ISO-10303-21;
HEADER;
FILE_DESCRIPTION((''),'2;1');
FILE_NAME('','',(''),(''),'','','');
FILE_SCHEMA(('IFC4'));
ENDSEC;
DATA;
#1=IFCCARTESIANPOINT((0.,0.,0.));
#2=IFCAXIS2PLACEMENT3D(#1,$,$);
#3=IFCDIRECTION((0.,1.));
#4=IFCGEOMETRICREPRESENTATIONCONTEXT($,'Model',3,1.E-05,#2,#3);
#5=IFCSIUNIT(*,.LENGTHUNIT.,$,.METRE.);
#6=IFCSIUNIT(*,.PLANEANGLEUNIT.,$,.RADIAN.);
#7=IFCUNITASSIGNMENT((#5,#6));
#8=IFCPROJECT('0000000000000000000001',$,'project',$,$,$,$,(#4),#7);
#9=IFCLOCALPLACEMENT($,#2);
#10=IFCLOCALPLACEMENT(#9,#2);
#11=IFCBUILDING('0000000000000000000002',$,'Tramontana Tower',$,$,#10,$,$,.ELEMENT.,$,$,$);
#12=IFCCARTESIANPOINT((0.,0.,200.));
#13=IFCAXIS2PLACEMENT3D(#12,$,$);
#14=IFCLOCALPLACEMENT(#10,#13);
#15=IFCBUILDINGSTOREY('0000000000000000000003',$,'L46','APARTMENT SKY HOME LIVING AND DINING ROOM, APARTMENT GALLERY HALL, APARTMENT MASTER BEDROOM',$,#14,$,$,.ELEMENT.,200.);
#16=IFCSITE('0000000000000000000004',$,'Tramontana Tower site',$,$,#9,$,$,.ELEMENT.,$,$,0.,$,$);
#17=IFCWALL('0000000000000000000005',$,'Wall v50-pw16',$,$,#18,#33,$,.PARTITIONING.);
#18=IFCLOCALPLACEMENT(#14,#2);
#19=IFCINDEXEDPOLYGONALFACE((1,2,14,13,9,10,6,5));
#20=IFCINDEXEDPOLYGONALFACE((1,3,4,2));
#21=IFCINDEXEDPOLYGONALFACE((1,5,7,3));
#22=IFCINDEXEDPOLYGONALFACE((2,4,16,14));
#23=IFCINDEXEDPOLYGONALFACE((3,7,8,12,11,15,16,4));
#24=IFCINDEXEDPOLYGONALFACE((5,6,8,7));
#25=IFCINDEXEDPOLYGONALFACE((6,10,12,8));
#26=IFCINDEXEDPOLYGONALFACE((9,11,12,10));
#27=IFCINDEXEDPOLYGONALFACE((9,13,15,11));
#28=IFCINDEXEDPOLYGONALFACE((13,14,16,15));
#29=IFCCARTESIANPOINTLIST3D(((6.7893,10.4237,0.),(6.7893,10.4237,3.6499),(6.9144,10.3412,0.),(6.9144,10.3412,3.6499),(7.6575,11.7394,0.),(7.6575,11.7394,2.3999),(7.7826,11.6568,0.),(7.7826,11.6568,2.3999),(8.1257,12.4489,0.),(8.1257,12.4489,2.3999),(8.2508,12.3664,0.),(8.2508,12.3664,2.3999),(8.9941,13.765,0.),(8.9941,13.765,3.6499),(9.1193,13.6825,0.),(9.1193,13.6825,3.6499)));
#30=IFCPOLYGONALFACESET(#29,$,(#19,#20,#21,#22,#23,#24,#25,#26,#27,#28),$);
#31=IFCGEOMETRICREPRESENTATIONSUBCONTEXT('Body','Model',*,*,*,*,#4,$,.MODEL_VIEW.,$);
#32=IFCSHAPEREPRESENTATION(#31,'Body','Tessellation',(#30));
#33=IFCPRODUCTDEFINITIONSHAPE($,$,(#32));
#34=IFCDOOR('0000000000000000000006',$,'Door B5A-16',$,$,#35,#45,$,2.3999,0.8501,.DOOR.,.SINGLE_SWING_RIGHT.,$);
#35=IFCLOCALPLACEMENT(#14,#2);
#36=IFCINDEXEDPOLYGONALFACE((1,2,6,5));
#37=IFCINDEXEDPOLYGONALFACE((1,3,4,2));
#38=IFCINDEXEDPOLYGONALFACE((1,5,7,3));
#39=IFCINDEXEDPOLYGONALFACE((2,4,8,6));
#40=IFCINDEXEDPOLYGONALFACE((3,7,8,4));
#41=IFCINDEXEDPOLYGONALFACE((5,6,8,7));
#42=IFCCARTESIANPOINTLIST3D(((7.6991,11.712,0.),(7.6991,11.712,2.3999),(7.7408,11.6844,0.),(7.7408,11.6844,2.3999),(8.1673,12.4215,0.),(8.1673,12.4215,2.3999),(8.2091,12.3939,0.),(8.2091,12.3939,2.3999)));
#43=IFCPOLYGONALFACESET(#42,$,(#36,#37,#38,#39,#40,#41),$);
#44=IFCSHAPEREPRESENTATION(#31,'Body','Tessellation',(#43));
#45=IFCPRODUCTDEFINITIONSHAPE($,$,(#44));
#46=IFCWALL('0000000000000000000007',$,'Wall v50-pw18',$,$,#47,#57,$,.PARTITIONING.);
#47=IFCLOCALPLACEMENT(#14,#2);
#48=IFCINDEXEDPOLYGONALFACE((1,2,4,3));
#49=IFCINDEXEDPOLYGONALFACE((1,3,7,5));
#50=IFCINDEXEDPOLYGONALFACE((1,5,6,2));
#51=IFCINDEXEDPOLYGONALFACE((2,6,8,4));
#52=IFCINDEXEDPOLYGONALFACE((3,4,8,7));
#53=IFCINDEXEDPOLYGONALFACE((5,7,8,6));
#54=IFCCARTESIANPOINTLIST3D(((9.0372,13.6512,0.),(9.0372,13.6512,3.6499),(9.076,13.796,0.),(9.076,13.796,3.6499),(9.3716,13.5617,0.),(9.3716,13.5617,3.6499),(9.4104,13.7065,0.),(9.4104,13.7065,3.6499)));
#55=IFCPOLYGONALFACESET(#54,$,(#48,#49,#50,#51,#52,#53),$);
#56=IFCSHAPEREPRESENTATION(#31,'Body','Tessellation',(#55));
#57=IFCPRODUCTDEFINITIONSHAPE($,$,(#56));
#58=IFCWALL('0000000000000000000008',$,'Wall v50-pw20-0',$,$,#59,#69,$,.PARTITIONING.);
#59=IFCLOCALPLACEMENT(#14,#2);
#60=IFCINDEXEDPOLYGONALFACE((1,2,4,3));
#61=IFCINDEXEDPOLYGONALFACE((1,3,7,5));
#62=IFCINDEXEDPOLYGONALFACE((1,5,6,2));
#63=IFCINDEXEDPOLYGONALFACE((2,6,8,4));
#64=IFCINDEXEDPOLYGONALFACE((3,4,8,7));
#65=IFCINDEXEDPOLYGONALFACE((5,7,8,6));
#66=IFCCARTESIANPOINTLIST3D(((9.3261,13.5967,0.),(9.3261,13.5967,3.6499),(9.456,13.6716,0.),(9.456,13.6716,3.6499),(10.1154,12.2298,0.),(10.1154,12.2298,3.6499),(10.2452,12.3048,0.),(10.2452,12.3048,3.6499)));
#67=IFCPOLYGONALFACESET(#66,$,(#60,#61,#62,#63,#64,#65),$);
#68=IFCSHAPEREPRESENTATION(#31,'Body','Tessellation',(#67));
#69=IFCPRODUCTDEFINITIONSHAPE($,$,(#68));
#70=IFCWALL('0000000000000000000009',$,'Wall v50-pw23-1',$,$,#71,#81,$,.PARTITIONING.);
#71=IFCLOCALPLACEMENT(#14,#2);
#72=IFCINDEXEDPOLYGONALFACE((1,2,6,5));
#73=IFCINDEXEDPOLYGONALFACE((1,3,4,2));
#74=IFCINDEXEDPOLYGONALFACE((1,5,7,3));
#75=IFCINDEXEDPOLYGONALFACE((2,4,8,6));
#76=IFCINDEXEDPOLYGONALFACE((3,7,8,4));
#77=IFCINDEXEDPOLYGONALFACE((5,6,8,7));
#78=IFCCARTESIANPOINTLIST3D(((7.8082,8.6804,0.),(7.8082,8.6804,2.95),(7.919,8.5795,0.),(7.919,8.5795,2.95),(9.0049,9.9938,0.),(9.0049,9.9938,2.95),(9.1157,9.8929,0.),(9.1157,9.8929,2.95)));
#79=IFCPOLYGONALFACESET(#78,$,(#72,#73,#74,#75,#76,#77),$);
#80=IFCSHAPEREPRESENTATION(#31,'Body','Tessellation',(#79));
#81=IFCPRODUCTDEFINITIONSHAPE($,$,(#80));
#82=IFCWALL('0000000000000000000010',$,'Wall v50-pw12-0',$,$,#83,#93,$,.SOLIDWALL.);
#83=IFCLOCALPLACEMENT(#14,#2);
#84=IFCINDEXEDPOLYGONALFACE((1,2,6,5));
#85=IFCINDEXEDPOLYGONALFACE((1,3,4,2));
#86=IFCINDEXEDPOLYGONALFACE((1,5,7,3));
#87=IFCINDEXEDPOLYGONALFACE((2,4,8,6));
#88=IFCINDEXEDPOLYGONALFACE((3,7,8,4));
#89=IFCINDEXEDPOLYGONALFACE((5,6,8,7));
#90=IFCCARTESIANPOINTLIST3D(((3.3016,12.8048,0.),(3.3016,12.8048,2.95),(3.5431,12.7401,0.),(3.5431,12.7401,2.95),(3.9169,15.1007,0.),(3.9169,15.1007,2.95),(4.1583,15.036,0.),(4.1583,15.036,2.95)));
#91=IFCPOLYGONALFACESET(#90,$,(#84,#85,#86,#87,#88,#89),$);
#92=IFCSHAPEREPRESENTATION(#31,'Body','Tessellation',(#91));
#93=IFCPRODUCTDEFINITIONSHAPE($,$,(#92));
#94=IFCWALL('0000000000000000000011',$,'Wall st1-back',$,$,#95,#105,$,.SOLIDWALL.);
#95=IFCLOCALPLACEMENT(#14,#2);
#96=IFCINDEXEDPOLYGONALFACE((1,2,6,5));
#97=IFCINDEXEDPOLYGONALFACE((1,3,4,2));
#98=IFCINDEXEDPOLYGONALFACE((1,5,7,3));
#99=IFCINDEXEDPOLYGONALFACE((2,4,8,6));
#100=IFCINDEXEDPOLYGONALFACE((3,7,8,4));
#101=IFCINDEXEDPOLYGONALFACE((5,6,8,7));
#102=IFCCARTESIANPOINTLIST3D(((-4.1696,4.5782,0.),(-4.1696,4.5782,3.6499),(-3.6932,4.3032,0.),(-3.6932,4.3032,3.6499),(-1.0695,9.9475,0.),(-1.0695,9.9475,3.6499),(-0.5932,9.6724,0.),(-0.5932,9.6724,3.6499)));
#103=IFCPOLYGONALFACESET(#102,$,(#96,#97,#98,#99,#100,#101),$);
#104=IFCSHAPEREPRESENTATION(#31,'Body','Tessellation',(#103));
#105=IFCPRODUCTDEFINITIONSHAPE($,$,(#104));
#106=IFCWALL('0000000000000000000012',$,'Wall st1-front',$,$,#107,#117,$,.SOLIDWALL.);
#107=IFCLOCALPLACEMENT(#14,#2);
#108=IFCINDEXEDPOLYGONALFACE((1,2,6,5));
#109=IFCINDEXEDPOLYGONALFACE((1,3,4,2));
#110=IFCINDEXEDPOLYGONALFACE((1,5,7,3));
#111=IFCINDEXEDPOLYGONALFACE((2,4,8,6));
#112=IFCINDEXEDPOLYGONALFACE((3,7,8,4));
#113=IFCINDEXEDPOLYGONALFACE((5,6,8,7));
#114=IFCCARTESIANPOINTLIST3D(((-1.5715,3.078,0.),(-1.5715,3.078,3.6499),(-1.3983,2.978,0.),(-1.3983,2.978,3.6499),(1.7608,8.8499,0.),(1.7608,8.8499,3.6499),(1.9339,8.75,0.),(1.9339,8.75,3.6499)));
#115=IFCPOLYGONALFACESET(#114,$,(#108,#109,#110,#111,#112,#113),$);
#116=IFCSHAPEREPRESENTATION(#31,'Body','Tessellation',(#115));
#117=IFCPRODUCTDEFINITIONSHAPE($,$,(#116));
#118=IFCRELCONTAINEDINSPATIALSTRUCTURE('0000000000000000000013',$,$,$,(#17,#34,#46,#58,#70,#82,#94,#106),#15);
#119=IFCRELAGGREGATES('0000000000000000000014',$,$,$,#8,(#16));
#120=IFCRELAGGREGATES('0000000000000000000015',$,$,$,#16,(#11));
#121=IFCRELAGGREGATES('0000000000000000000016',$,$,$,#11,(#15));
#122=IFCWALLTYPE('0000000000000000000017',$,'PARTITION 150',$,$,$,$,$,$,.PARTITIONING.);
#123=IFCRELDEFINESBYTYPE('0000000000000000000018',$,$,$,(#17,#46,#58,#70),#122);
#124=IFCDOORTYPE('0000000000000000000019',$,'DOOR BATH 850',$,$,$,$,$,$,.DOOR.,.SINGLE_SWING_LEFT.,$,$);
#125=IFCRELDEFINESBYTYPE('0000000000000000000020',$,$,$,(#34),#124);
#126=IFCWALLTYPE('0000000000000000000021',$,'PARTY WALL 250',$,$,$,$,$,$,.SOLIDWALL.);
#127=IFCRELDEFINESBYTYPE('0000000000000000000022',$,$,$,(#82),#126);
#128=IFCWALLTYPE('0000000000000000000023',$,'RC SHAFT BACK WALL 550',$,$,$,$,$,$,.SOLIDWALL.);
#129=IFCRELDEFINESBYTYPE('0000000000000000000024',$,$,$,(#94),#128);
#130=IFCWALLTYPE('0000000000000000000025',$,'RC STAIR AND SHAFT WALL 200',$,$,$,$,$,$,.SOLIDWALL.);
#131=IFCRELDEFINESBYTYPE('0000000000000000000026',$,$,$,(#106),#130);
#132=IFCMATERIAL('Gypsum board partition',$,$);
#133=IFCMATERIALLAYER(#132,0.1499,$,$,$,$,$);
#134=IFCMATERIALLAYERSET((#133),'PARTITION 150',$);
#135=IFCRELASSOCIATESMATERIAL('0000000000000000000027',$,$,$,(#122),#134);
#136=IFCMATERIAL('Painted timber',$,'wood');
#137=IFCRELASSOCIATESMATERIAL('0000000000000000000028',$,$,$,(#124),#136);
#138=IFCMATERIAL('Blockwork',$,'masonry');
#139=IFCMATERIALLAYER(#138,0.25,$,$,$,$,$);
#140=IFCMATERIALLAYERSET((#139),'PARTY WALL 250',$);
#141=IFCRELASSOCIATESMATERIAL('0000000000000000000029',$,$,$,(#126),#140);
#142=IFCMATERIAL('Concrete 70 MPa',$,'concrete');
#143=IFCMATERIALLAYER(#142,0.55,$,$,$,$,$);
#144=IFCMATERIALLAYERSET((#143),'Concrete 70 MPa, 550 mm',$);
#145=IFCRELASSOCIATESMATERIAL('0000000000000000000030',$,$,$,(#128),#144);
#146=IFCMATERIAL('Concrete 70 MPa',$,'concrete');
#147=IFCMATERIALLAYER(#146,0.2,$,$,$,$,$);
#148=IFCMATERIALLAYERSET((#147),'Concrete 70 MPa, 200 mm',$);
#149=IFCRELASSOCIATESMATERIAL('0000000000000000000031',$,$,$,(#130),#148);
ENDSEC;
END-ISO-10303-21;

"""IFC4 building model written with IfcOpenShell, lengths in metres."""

from ifc_helpers import new_model, si_unit, direction, frame, frame_2d, origin, place, context, subcontext, project, spatial, rectangle, extrude, material, layer, layer_set, type_object, element, fill, save


model = new_model("IFC4")

# Units and contexts
model_context = context("Model", 3, precision=1e-05, world=origin(), true_north=direction((0.0, 1.0)))
body_context = subcontext(model_context, "Body", "Model", "MODEL_VIEW")
ifc_project = project(units=[si_unit("LENGTHUNIT", "METRE"), si_unit("PLANEANGLEUNIT", "RADIAN")], contexts=[model_context])

# Site, building, storey
site_placement = place(None, origin())
site = spatial("IfcSite", under=ifc_project, at=site_placement, Name="Tramontana Tower site", CompositionType="ELEMENT", RefElevation=0.0)
building_placement = place(site_placement, origin())
building = spatial("IfcBuilding", under=site, at=building_placement, Name="Tramontana Tower", CompositionType="ELEMENT")
storey_placement = place(building_placement, frame((0.0, 0.0, 200.0)))
storey = spatial("IfcBuildingStorey", under=building, at=storey_placement, Name="L46", Description="APARTMENT SKY HOME LIVING AND DINING ROOM, APARTMENT GALLERY HALL, APARTMENT MASTER BEDROOM", CompositionType="ELEMENT", Elevation=200.0)

# Shared definitions
ifc_material_1 = material(Name="Gypsum board partition")
ifc_layer_1 = layer(ifc_material_1, 0.1499)
ifc_layer_set_1 = layer_set([ifc_layer_1], Name="PARTITION 150")
wall_type_1 = type_object("IfcWallType", Name="PARTITION 150", PredefinedType="PARTITIONING", material=ifc_layer_set_1)

# Wall, opening, door
wall_1_placement = place(storey_placement, frame((9.0566, 13.7236, 0.0), z_axis=(0.0, 0.0, 1.0), x_axis=(-0.550767, -0.834659, 0.0)))
wall_1 = element("IfcWall", 1, at=wall_1_placement, inside=storey, type_object=wall_type_1, Name="Wall v50-pw16", PredefinedType="PARTITIONING", context=body_context, shape_type="SweptSolid", body=[
    extrude(rectangle(XDim=4.0032, YDim=0.1499, at=frame_2d((2.0015, 0.0))), origin(), (0.0, 0.0, 1.0), 3.6499),
])
opening_1_placement = place(wall_1_placement, frame((1.5767, 0.0, 0.0)))
opening_1 = element("IfcOpeningElement", 2, at=opening_1_placement, cuts=wall_1, PredefinedType="OPENING", context=body_context, shape_type="SweptSolid", body=[
    extrude(rectangle(XDim=0.8501, YDim=2.3999, at=frame_2d((0.425, 1.2))), frame((0.0, 0.085, 0.0), z_axis=(0.0, -1.0, 0.0), x_axis=(1.0, 0.0, 0.0)), (0.0, 0.0, 1.0), 0.1699),
])
ifc_material_2 = material(Name="Painted timber", Category="wood")
door_type_1 = type_object("IfcDoorType", Name="DOOR BATH 850", OperationType="SINGLE_SWING_LEFT", PredefinedType="DOOR", material=ifc_material_2)
door_1_placement = place(opening_1_placement, origin())
door_1 = element("IfcDoor", 3, at=door_1_placement, inside=storey, type_object=door_type_1, Name="Door B5A-16", OperationType="SINGLE_SWING_RIGHT", OverallHeight=2.3999, OverallWidth=0.8501, PredefinedType="DOOR", context=body_context, shape_type="SweptSolid", body=[
    extrude(rectangle(XDim=0.8501, YDim=2.3999, at=frame_2d((0.425, 1.2))), frame((0.0, 0.0249, 0.0), z_axis=(0.0, -1.0, 0.0), x_axis=(1.0, 0.0, 0.0)), (0.0, 0.0, 1.0), 0.05),
])
fill(opening_1, door_1)

# Walls
wall_2_placement = place(storey_placement, frame((9.0566, 13.7236, 0.0), z_axis=(0.0, 0.0, 1.0), x_axis=(0.965942, -0.25876, 0.0)))
element("IfcWall", 4, at=wall_2_placement, inside=storey, type_object=wall_type_1, Name="Wall v50-pw18", PredefinedType="PARTITIONING", context=body_context, shape_type="SweptSolid", body=[
    extrude(rectangle(XDim=0.3462, YDim=0.1499, at=frame_2d((0.1731, 0.0))), origin(), (0.0, 0.0, 1.0), 3.6499),
])
wall_3_placement = place(storey_placement, frame((9.3911, 13.634, 0.0), z_axis=(0.0, 0.0, 1.0), x_axis=(0.500048, -0.865998, 0.0)))
element("IfcWall", 5, at=wall_3_placement, inside=storey, type_object=wall_type_1, Name="Wall v50-pw20-0", PredefinedType="PARTITIONING", context=body_context, shape_type="SweptSolid", body=[
    extrude(rectangle(XDim=1.5784, YDim=0.1499, at=frame_2d((0.7891, 0.0))), origin(), (0.0, 0.0, 1.0), 3.6499),
])

# Walls
wall_4_placement = place(storey_placement, frame((9.0603, 9.9434, 0.0), z_axis=(0.0, 0.0, 1.0), x_axis=(-0.673507, -0.739181, 0.0)))
element("IfcWall", 6, at=wall_4_placement, inside=storey, type_object=wall_type_1, Name="Wall v50-pw23-1", PredefinedType="PARTITIONING", context=body_context, shape_type="SweptSolid", body=[
    extrude(rectangle(XDim=1.7769, YDim=0.1499, at=frame_2d((0.8884, 0.0))), origin(), (0.0, 0.0, 1.0), 2.95),
])
ifc_material_3 = material(Name="Blockwork", Category="masonry")
ifc_layer_2 = layer(ifc_material_3, 0.25)
ifc_layer_set_2 = layer_set([ifc_layer_2], Name="PARTY WALL 250")
wall_type_2 = type_object("IfcWallType", Name="PARTY WALL 250", PredefinedType="SOLIDWALL", material=ifc_layer_set_2)
wall_5_placement = place(storey_placement, frame((4.0376, 15.0684, 0.0), z_axis=(0.0, 0.0, 1.0), x_axis=(-0.258839, -0.965921, 0.0)))
element("IfcWall", 7, at=wall_5_placement, inside=storey, type_object=wall_type_2, Name="Wall v50-pw12-0", PredefinedType="SOLIDWALL", context=body_context, shape_type="SweptSolid", body=[
    extrude(rectangle(XDim=2.377, YDim=0.25, at=frame_2d((1.1885, 0.0))), origin(), (0.0, 0.0, 1.0), 2.95),
])
ifc_material_4 = material(Name="Concrete 70 MPa", Category="concrete")
ifc_layer_3 = layer(ifc_material_4, 0.55)
ifc_layer_set_3 = layer_set([ifc_layer_3], Name="Concrete 70 MPa, 550 mm")
wall_type_3 = type_object("IfcWallType", Name="RC SHAFT BACK WALL 550", PredefinedType="SOLIDWALL", material=ifc_layer_set_3)
wall_6_placement = place(storey_placement, frame((-0.8313, 9.8101, 0.0), z_axis=(0.0, 0.0, 1.0), x_axis=(-0.50001, -0.86602, 0.0)))
element("IfcWall", 8, at=wall_6_placement, inside=storey, type_object=wall_type_3, Name="Wall st1-back", PredefinedType="SOLIDWALL", context=body_context, shape_type="SweptSolid", body=[
    extrude(rectangle(XDim=6.2, YDim=0.55, at=frame_2d((3.1001, 0.0))), origin(), (0.0, 0.0, 1.0), 3.6499),
])
ifc_material_5 = material(Name="Concrete 70 MPa", Category="concrete")
ifc_layer_4 = layer(ifc_material_5, 0.2)
ifc_layer_set_4 = layer_set([ifc_layer_4], Name="Concrete 70 MPa, 200 mm")
wall_type_4 = type_object("IfcWallType", Name="RC STAIR AND SHAFT WALL 200", PredefinedType="SOLIDWALL", material=ifc_layer_set_4)
wall_7_placement = place(storey_placement, frame((1.8474, 8.8, 0.0), z_axis=(0.0, 0.0, 1.0), x_axis=(-0.49998, -0.866037, 0.0)))
element("IfcWall", 9, at=wall_7_placement, inside=storey, type_object=wall_type_4, Name="Wall st1-front", PredefinedType="SOLIDWALL", context=body_context, shape_type="SweptSolid", body=[
    extrude(rectangle(XDim=6.6648, YDim=0.2, at=frame_2d((3.3325, 0.0))), origin(), (0.0, 0.0, 1.0), 3.6499),
])

save(model, "model.ifc")
